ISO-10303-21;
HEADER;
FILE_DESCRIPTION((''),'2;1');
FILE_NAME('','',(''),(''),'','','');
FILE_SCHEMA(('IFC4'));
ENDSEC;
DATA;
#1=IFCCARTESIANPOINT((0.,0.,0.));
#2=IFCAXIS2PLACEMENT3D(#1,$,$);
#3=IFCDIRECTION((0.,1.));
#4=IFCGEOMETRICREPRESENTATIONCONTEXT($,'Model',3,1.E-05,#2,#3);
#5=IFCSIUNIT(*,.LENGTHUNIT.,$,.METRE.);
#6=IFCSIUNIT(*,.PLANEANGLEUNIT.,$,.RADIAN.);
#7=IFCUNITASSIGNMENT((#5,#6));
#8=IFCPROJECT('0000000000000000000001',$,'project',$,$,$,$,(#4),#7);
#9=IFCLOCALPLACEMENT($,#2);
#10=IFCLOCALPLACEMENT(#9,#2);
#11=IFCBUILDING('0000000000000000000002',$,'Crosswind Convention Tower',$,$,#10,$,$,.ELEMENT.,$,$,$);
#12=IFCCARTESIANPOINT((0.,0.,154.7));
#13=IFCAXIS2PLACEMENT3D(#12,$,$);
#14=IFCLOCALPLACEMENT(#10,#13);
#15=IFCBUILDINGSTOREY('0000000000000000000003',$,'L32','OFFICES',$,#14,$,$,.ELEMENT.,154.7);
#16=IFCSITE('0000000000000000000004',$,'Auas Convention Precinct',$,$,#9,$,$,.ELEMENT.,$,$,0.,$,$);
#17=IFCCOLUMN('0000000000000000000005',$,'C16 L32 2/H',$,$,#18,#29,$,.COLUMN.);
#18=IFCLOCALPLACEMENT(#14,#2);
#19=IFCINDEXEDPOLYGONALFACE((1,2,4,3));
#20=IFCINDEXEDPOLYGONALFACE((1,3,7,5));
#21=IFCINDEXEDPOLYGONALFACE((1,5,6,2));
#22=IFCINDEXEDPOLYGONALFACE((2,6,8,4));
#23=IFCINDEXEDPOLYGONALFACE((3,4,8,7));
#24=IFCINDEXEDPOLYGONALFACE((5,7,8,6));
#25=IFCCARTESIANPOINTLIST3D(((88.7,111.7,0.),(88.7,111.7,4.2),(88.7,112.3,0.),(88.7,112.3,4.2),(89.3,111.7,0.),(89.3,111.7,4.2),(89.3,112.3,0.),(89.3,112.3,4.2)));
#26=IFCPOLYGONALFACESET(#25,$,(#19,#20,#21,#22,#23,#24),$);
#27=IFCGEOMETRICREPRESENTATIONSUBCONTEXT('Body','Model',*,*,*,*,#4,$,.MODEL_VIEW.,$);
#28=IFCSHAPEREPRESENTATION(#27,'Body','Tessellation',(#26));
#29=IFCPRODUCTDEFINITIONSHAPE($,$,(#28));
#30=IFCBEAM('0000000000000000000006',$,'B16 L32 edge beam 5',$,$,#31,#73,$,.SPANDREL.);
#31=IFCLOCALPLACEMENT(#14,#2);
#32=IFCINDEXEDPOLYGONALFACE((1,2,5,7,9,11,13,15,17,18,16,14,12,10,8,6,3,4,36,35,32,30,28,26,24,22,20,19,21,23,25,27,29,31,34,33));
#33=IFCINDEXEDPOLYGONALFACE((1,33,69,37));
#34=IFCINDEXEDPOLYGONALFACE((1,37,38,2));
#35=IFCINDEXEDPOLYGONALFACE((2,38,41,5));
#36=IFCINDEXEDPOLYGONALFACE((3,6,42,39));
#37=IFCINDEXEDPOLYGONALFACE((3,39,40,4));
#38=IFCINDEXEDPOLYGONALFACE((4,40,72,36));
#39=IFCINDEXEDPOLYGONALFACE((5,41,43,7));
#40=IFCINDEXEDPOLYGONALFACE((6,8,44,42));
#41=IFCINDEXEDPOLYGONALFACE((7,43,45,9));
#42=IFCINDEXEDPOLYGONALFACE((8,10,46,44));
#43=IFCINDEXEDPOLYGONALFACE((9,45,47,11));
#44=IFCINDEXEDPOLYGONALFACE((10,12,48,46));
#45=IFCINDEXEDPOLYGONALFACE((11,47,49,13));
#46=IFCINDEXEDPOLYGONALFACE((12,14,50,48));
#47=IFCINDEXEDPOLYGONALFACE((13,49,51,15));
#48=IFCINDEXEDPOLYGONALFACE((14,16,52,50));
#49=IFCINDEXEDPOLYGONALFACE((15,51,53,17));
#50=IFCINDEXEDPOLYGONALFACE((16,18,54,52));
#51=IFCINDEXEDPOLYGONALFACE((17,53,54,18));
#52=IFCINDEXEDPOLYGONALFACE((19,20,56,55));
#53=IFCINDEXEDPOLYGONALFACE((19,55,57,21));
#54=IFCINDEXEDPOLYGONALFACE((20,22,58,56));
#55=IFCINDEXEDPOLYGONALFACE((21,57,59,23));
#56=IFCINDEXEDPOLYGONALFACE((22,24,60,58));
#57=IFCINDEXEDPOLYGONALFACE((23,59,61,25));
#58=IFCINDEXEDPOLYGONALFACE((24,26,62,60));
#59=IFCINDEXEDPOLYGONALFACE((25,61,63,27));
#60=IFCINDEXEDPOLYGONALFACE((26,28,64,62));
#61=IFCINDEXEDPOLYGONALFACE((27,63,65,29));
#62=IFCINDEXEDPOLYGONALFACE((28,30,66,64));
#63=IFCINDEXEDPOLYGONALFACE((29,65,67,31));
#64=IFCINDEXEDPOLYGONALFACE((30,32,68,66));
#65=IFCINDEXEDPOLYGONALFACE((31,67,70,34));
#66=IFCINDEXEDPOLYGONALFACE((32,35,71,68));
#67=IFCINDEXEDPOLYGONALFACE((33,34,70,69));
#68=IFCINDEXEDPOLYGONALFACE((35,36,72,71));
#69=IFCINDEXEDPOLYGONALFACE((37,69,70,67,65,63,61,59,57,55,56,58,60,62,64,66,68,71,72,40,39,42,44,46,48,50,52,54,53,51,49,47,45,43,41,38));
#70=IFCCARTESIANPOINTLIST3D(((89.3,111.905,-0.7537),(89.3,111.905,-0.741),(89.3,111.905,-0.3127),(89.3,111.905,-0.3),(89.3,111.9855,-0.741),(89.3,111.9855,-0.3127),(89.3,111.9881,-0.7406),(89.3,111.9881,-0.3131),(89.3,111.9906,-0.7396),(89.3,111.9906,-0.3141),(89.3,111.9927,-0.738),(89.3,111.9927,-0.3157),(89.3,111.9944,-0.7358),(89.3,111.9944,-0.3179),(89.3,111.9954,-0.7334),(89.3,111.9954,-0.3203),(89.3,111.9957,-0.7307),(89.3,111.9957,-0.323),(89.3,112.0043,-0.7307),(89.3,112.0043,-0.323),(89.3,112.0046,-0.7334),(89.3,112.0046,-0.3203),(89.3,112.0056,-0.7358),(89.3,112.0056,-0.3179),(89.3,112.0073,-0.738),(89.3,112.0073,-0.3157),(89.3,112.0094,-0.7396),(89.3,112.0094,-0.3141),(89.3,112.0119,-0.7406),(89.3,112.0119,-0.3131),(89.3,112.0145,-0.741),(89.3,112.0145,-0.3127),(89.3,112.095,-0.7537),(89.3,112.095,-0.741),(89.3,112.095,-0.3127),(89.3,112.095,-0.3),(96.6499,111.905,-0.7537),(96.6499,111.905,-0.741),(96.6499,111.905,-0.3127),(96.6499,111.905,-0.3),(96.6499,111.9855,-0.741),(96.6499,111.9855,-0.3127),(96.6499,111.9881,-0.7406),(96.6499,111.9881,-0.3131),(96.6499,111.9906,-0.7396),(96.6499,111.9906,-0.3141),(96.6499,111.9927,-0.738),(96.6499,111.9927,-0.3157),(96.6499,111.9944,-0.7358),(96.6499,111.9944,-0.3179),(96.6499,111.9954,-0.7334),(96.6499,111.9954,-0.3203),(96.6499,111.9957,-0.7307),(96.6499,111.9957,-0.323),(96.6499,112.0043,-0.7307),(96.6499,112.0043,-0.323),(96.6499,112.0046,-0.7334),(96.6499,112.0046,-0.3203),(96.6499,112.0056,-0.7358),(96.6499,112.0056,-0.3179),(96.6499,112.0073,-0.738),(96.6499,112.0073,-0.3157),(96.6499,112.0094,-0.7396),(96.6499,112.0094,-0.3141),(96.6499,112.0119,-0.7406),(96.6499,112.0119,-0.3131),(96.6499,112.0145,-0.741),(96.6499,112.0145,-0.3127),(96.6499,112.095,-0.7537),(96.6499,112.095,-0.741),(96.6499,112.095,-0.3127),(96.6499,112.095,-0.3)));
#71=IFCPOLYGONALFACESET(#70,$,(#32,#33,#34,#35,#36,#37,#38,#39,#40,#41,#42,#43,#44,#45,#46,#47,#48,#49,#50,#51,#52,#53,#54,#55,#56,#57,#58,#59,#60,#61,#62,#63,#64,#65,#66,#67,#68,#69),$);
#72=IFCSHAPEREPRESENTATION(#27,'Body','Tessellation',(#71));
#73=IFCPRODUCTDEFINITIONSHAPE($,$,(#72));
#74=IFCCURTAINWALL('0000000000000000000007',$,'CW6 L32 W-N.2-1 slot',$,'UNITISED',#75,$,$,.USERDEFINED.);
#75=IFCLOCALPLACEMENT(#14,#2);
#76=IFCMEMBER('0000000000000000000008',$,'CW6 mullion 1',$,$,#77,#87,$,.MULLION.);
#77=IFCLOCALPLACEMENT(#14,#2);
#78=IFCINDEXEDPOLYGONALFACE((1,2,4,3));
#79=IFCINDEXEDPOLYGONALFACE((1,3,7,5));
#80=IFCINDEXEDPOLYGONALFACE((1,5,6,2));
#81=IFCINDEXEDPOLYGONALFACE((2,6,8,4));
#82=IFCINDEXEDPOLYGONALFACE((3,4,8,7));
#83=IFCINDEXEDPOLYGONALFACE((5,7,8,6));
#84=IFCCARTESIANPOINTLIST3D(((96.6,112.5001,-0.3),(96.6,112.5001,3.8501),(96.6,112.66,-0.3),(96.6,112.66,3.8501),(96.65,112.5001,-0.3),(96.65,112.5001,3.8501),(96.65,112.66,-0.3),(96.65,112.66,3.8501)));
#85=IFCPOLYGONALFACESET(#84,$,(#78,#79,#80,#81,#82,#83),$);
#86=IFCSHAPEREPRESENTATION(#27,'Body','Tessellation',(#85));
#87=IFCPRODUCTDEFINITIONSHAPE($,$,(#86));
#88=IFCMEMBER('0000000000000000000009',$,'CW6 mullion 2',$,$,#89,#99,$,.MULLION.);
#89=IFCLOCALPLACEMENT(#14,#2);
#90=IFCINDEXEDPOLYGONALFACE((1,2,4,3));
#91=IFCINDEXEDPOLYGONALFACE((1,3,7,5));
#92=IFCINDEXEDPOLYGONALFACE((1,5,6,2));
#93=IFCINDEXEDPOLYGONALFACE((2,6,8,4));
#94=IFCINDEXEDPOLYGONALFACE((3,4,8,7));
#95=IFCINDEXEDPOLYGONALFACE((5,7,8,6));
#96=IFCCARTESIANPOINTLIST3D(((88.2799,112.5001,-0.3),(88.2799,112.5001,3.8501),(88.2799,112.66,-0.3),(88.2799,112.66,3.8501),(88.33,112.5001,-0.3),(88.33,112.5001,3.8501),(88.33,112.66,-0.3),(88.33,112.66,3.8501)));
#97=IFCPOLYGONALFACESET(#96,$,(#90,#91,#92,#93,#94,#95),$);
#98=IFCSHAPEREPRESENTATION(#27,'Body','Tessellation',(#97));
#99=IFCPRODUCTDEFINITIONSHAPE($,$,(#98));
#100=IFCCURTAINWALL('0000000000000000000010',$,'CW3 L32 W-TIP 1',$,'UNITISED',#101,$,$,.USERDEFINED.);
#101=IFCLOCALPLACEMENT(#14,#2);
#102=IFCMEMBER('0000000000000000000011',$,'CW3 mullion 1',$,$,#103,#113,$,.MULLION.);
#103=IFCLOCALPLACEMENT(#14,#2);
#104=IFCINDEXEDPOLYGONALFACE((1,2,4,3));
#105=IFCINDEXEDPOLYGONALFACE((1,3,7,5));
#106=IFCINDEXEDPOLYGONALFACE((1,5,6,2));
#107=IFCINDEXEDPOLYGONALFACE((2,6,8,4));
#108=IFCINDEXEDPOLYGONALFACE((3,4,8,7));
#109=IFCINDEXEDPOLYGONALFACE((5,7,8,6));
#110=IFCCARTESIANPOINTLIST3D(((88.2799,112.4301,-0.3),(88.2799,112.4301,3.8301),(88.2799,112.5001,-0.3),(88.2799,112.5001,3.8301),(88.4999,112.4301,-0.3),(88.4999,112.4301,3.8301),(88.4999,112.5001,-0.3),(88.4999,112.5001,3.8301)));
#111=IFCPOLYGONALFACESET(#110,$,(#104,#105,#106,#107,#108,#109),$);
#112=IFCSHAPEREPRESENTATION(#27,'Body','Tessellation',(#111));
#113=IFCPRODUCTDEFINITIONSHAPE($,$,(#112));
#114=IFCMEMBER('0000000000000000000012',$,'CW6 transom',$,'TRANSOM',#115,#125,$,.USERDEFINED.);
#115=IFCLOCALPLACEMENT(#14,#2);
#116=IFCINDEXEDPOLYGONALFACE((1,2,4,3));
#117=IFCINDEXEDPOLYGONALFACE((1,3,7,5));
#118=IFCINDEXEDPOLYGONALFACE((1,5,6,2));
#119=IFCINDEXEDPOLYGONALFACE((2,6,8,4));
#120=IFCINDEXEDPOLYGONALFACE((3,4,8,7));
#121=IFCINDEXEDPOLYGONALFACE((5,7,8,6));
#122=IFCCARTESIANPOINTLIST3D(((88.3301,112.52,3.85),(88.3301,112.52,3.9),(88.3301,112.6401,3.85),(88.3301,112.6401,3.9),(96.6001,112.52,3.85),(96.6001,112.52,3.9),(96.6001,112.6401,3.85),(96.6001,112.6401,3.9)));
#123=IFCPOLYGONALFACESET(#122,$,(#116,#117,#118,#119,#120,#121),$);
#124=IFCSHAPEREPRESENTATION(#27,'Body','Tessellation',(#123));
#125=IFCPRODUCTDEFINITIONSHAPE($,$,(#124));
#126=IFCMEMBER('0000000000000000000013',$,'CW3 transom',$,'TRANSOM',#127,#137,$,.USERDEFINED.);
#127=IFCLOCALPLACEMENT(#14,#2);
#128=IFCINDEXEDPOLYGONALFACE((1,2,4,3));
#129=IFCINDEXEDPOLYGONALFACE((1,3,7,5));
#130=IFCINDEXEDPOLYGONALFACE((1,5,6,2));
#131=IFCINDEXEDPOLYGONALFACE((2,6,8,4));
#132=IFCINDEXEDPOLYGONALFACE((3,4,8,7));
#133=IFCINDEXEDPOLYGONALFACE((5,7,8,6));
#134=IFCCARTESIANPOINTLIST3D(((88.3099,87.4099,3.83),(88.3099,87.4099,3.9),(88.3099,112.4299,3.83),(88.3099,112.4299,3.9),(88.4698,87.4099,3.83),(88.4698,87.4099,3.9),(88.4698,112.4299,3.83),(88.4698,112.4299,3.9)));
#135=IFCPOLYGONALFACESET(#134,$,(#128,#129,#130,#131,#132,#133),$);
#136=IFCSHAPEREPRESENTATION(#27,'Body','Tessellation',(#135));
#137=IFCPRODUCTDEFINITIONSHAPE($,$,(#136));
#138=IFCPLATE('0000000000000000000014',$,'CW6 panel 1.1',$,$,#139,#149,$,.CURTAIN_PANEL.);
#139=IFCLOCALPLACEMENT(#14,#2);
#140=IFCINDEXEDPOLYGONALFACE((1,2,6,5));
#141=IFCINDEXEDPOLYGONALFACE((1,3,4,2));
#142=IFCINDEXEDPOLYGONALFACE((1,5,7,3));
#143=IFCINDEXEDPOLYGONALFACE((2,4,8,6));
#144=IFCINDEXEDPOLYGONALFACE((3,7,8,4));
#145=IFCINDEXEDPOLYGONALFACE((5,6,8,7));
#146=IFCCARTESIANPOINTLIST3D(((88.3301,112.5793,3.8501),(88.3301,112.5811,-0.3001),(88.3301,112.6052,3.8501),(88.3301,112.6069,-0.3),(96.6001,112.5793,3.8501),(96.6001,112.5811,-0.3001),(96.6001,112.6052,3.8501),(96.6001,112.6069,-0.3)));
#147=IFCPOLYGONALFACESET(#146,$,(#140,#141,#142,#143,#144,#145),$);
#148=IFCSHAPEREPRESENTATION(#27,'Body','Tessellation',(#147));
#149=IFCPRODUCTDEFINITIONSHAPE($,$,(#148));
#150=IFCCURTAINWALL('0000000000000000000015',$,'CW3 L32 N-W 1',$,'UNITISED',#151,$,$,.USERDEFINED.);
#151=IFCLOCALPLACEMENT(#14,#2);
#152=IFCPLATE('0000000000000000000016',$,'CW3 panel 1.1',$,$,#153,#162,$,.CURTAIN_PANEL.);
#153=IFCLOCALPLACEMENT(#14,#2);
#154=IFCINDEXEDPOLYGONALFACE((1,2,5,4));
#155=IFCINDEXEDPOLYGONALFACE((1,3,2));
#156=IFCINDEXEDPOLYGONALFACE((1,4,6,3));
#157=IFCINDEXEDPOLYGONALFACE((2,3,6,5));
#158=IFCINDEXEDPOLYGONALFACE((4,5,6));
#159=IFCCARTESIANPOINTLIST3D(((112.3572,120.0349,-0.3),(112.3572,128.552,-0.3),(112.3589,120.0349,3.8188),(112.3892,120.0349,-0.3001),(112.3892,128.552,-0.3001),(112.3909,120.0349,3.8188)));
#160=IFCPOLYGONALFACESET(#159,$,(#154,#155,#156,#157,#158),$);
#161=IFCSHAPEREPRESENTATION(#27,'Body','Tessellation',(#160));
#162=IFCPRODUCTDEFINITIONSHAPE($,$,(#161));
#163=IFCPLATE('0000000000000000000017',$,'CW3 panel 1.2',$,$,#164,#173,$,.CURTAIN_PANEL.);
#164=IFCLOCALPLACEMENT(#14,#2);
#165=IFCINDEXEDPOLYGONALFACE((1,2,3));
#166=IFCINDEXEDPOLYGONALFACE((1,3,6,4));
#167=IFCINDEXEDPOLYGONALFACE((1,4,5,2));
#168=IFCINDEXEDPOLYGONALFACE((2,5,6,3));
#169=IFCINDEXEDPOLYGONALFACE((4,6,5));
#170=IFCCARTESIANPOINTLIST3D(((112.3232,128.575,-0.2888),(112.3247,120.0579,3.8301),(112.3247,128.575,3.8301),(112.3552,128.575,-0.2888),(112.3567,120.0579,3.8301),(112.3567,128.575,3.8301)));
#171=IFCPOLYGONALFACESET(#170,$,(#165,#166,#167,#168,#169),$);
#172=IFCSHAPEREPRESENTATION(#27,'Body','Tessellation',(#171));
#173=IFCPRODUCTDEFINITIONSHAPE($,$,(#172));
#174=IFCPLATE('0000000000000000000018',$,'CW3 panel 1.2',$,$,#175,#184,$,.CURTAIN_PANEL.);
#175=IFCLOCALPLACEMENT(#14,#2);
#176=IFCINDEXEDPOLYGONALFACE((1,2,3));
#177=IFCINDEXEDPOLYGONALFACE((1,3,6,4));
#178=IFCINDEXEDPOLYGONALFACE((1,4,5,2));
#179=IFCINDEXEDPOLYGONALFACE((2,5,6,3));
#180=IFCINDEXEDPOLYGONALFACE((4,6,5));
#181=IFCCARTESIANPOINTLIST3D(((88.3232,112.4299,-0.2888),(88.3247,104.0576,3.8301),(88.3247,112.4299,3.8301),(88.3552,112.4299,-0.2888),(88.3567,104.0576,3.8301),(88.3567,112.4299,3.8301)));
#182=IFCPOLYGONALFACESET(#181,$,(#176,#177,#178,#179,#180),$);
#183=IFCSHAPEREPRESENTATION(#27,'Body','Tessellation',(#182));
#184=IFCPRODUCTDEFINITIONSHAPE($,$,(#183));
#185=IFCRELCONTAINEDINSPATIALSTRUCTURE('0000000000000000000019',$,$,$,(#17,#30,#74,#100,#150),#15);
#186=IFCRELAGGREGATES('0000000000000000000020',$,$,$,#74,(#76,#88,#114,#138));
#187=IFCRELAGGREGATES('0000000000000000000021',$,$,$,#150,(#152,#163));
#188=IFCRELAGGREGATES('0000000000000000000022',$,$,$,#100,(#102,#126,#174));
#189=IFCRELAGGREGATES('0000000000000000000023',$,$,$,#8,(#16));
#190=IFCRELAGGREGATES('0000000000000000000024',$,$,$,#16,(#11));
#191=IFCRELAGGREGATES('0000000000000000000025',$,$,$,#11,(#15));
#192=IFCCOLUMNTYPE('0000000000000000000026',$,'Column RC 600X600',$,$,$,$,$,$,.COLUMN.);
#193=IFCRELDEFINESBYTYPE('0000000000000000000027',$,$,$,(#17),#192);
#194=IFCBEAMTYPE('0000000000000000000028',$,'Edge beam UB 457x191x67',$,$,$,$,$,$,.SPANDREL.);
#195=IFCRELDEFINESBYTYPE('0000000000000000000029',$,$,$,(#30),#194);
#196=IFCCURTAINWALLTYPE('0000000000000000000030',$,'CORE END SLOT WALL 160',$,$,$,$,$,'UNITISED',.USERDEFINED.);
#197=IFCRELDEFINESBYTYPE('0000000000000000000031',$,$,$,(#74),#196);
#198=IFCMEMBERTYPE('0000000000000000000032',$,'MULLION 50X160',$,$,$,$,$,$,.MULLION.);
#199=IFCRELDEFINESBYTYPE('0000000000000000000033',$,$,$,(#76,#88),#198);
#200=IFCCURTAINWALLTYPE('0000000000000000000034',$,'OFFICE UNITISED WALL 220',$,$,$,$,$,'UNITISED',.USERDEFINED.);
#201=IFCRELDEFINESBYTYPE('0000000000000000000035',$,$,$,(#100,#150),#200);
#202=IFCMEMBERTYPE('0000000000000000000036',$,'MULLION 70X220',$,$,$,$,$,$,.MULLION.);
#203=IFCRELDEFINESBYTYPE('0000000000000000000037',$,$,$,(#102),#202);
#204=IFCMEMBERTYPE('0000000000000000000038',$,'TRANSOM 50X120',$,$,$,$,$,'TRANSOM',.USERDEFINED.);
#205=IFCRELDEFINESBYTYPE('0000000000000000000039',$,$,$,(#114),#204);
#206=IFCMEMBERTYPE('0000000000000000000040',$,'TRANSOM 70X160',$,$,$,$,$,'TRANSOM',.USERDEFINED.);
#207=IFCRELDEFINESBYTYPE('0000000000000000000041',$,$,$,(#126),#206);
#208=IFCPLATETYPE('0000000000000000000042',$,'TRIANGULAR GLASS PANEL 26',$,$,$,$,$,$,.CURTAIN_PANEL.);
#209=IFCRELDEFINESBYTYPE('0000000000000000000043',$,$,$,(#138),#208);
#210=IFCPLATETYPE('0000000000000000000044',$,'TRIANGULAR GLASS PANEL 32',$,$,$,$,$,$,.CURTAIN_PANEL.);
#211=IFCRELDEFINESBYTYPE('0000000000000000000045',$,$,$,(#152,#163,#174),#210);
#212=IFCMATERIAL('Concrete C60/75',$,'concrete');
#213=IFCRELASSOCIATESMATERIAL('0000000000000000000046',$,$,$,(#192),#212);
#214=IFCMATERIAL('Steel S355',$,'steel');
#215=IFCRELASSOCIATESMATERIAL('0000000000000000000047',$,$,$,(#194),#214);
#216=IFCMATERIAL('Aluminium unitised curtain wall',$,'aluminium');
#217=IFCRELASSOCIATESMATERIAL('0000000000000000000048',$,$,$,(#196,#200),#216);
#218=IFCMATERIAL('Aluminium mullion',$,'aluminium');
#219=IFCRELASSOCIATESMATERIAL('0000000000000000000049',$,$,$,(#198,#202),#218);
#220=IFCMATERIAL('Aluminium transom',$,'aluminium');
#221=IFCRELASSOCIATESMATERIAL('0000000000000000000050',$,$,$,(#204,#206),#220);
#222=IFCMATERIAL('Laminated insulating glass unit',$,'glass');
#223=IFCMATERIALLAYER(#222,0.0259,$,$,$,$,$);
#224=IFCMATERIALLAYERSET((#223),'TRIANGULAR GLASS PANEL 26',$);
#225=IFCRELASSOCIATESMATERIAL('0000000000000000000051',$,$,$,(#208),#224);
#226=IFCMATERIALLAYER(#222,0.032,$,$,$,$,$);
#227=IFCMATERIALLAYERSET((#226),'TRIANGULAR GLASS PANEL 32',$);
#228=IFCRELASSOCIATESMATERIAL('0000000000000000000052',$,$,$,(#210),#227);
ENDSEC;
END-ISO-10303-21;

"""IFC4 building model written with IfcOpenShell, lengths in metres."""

from ifc_helpers import new_model, si_unit, direction, frame, origin, origin_2d, place, context, subcontext, project, spatial, polyline, rectangle, i_section, outline, extrude, material, layer, layer_set, material_profile, profile_set, type_object, element, aggregate, save


model = new_model("IFC4")

# Units and contexts
model_context = context("Model", 3, precision=1e-05, world=origin(), true_north=direction((0.0, 1.0)))
body_context = subcontext(model_context, "Body", "Model", "MODEL_VIEW")
ifc_project = project(units=[si_unit("LENGTHUNIT", "METRE"), si_unit("PLANEANGLEUNIT", "RADIAN")], contexts=[model_context])

# Site, building, storey
site_placement = place(None, origin())
site = spatial("IfcSite", under=ifc_project, at=site_placement, Name="Auas Convention Precinct", CompositionType="ELEMENT", RefElevation=0.0)
building_placement = place(site_placement, origin())
building = spatial("IfcBuilding", under=site, at=building_placement, Name="Crosswind Convention Tower", CompositionType="ELEMENT")
storey_placement = place(building_placement, frame((0.0, 0.0, 154.7)))
storey = spatial("IfcBuildingStorey", under=building, at=storey_placement, Name="L32", Description="OFFICES", CompositionType="ELEMENT", Elevation=154.7)

# Column
ifc_material_1 = material(Name="Concrete C60/75", Category="concrete")
ifc_material_profile_1 = material_profile(ifc_material_1, rectangle(XDim=0.6001, YDim=0.6001, at=origin_2d()), Name="RC 600X600")
ifc_profile_set_1 = profile_set([ifc_material_profile_1], Name="Concrete C60/75")
column_type = type_object("IfcColumnType", Name="Column RC 600X600", PredefinedType="COLUMN", material=ifc_profile_set_1)
column_placement = place(storey_placement, frame((89.0, 112.0, 0.0), z_axis=(0.0, 0.0, 1.0), x_axis=(1.0, 0.0, 0.0)))
element("IfcColumn", 1, at=column_placement, inside=storey, type_object=column_type, Name="C16 L32 2/H", PredefinedType="COLUMN", context=body_context, shape_type="SweptSolid", body=[
    extrude(rectangle(XDim=0.6001, YDim=0.6001, at=origin_2d()), origin(), (0.0, 0.0, 1.0), 4.2),
])

# Beam
ifc_material_2 = material(Name="Steel S355", Category="steel")
ifc_material_profile_2 = material_profile(ifc_material_2, i_section(OverallWidth=0.1899, OverallDepth=0.4536, WebThickness=0.0085, FlangeThickness=0.0127, FilletRadius=0.0103, at=origin_2d()), Name="UB 457x191x67")
ifc_profile_set_2 = profile_set([ifc_material_profile_2], Name="Steel S355")
beam_type = type_object("IfcBeamType", Name="Edge beam UB 457x191x67", PredefinedType="SPANDREL", material=ifc_profile_set_2)
beam_placement = place(storey_placement, frame((89.3, 112.0, -0.5269), z_axis=(1.0, 0.0, 0.0), x_axis=(0.0, 1.0, 0.0)))
element("IfcBeam", 2, at=beam_placement, inside=storey, type_object=beam_type, Name="B16 L32 edge beam 5", PredefinedType="SPANDREL", context=body_context, shape_type="SweptSolid", body=[
    extrude(i_section(OverallWidth=0.1899, OverallDepth=0.4536, WebThickness=0.0085, FlangeThickness=0.0127, FilletRadius=0.0103, at=origin_2d()), origin(), (0.0, 0.0, 1.0), 7.3499),
])

# Curtain wall, members
ifc_material_3 = material(Name="Aluminium unitised curtain wall", Category="aluminium")
curtain_wall_type_1 = type_object("IfcCurtainWallType", Name="CORE END SLOT WALL 160", ElementType="UNITISED", PredefinedType="USERDEFINED", material=ifc_material_3)
curtain_wall_1_placement = place(storey_placement, origin())
curtain_wall_1 = element("IfcCurtainWall", 3, at=curtain_wall_1_placement, inside=storey, type_object=curtain_wall_type_1, Name="CW6 L32 W-N.2-1 slot", ObjectType="UNITISED", PredefinedType="USERDEFINED")
ifc_material_4 = material(Name="Aluminium mullion", Category="aluminium")
ifc_material_profile_3 = material_profile(ifc_material_4, rectangle(XDim=0.1599, YDim=0.05, at=origin_2d()), Name="AL 160X50")
ifc_profile_set_3 = profile_set([ifc_material_profile_3], Name="Aluminium mullion")
member_type_1 = type_object("IfcMemberType", Name="MULLION 50X160", PredefinedType="MULLION", material=ifc_profile_set_3)
member_1_placement = place(storey_placement, frame((96.625, 112.5801, -0.3), z_axis=(0.0, 0.0, 1.0), x_axis=(0.0, 1.0, 0.0)))
member_1 = element("IfcMember", 4, at=member_1_placement, type_object=member_type_1, Name="CW6 mullion 1", PredefinedType="MULLION", context=body_context, shape_type="SweptSolid", body=[
    extrude(rectangle(XDim=0.1599, YDim=0.05, at=origin_2d()), origin(), (0.0, 0.0, 1.0), 4.1501),
])
member_2_placement = place(storey_placement, frame((88.3049, 112.5801, -0.3), z_axis=(0.0, 0.0, 1.0), x_axis=(0.0, 1.0, 0.0)))
member_2 = element("IfcMember", 5, at=member_2_placement, type_object=member_type_1, Name="CW6 mullion 2", PredefinedType="MULLION", context=body_context, shape_type="SweptSolid", body=[
    extrude(rectangle(XDim=0.1599, YDim=0.05, at=origin_2d()), origin(), (0.0, 0.0, 1.0), 4.1501),
])

# Curtain wall, member
curtain_wall_type_2 = type_object("IfcCurtainWallType", Name="OFFICE UNITISED WALL 220", ElementType="UNITISED", PredefinedType="USERDEFINED", material=ifc_material_3)
curtain_wall_2_placement = place(storey_placement, origin())
curtain_wall_2 = element("IfcCurtainWall", 6, at=curtain_wall_2_placement, inside=storey, type_object=curtain_wall_type_2, Name="CW3 L32 W-TIP 1", ObjectType="UNITISED", PredefinedType="USERDEFINED")
ifc_material_profile_4 = material_profile(ifc_material_4, rectangle(XDim=0.22, YDim=0.0701, at=origin_2d()), Name="AL 220X70")
ifc_profile_set_4 = profile_set([ifc_material_profile_4], Name="Aluminium mullion")
member_type_2 = type_object("IfcMemberType", Name="MULLION 70X220", PredefinedType="MULLION", material=ifc_profile_set_4)
member_3_placement = place(storey_placement, frame((88.3899, 112.4651, -0.3), z_axis=(0.0, 0.0, 1.0), x_axis=(-1.0, 0.0, 0.0)))
member_3 = element("IfcMember", 7, at=member_3_placement, type_object=member_type_2, Name="CW3 mullion 1", PredefinedType="MULLION", context=body_context, shape_type="SweptSolid", body=[
    extrude(rectangle(XDim=0.22, YDim=0.0701, at=origin_2d()), origin(), (0.0, 0.0, 1.0), 4.1301),
])

# Members
ifc_material_5 = material(Name="Aluminium transom", Category="aluminium")
ifc_material_profile_5 = material_profile(ifc_material_5, rectangle(XDim=0.1201, YDim=0.05, at=origin_2d()), Name="AL 120X50")
ifc_profile_set_5 = profile_set([ifc_material_profile_5], Name="Aluminium transom")
member_type_3 = type_object("IfcMemberType", Name="TRANSOM 50X120", ElementType="TRANSOM", PredefinedType="USERDEFINED", material=ifc_profile_set_5)
member_4_placement = place(storey_placement, frame((96.6001, 112.5801, 3.875), z_axis=(-1.0, 0.0, 0.0), x_axis=(0.0, -1.0, 0.0)))
member_4 = element("IfcMember", 8, at=member_4_placement, type_object=member_type_3, Name="CW6 transom", ObjectType="TRANSOM", PredefinedType="USERDEFINED", context=body_context, shape_type="SweptSolid", body=[
    extrude(rectangle(XDim=0.1201, YDim=0.05, at=origin_2d()), origin(), (0.0, 0.0, 1.0), 8.27),
])
ifc_material_profile_6 = material_profile(ifc_material_5, rectangle(XDim=0.1599, YDim=0.0701, at=origin_2d()), Name="AL 160X70")
ifc_profile_set_6 = profile_set([ifc_material_profile_6], Name="Aluminium transom")
member_type_4 = type_object("IfcMemberType", Name="TRANSOM 70X160", ElementType="TRANSOM", PredefinedType="USERDEFINED", material=ifc_profile_set_6)
member_5_placement = place(storey_placement, frame((88.3899, 112.4299, 3.865), z_axis=(0.0, -1.0, 0.0), x_axis=(1.0, 0.0, 0.0)))
member_5 = element("IfcMember", 9, at=member_5_placement, type_object=member_type_4, Name="CW3 transom", ObjectType="TRANSOM", PredefinedType="USERDEFINED", context=body_context, shape_type="SweptSolid", body=[
    extrude(rectangle(XDim=0.1599, YDim=0.0701, at=origin_2d()), origin(), (0.0, 0.0, 1.0), 25.02),
])

# Plate
ifc_material_6 = material(Name="Laminated insulating glass unit", Category="glass")
ifc_layer_1 = layer(ifc_material_6, 0.0259)
ifc_layer_set_1 = layer_set([ifc_layer_1], Name="TRIANGULAR GLASS PANEL 26")
plate_type_1 = type_object("IfcPlateType", Name="TRIANGULAR GLASS PANEL 26", PredefinedType="CURTAIN_PANEL", material=ifc_layer_set_1)
plate_1_placement = place(storey_placement, frame((96.6001, 112.6069, -0.3), z_axis=(0.0, 1.0, 0.000412), x_axis=(-1.0, 0.0, 0.0)))
plate_1 = element("IfcPlate", 10, at=plate_1_placement, type_object=plate_type_1, Name="CW6 panel 1.1", PredefinedType="CURTAIN_PANEL", context=body_context, shape_type="SweptSolid", body=[
    extrude(outline(polyline([(0.0, 0.0), (8.27, 0.0), (8.27, 4.1501), (0.0, 4.1501), (0.0, 0.0)])), origin(), (0.0, 0.0, -1.0), 0.0259),
])
aggregate(curtain_wall_1, [member_1, member_2, member_4, plate_1])

# Curtain wall, plates
curtain_wall_3_placement = place(storey_placement, origin())
curtain_wall_3 = element("IfcCurtainWall", 11, at=curtain_wall_3_placement, inside=storey, type_object=curtain_wall_type_2, Name="CW3 L32 N-W 1", ObjectType="UNITISED", PredefinedType="USERDEFINED")
ifc_layer_2 = layer(ifc_material_6, 0.032)
ifc_layer_set_2 = layer_set([ifc_layer_2], Name="TRIANGULAR GLASS PANEL 32")
plate_type_2 = type_object("IfcPlateType", Name="TRIANGULAR GLASS PANEL 32", PredefinedType="CURTAIN_PANEL", material=ifc_layer_set_2)
plate_2_placement = place(storey_placement, frame((112.3572, 120.0349, -0.3), z_axis=(-1.0, 0.0, 0.000415), x_axis=(0.000415, 0.0, 1.0)))
plate_2 = element("IfcPlate", 12, at=plate_2_placement, type_object=plate_type_2, Name="CW3 panel 1.1", PredefinedType="CURTAIN_PANEL", context=body_context, shape_type="SweptSolid", body=[
    extrude(outline(polyline([(0.0, 0.0), (4.1189, 0.0), (0.0, 8.5171), (0.0, 0.0)])), origin(), (0.0, 0.0, -1.0), 0.032),
])
plate_3_placement = place(storey_placement, frame((112.3247, 128.575, 3.8301), z_axis=(-1.0, 0.0, 0.000356), x_axis=(-0.000356, 0.0, -1.0)))
plate_3 = element("IfcPlate", 13, at=plate_3_placement, type_object=plate_type_2, Name="CW3 panel 1.2", PredefinedType="CURTAIN_PANEL", context=body_context, shape_type="SweptSolid", body=[
    extrude(outline(polyline([(0.0, 0.0), (4.1189, 0.0), (0.0, 8.5171), (0.0, 0.0)])), origin(), (0.0, 0.0, -1.0), 0.032),
])

# Plate
plate_4_placement = place(storey_placement, frame((88.3247, 112.4299, 3.8301), z_axis=(-1.0, 0.0, 0.000356), x_axis=(-0.000356, 0.0, -1.0)))
plate_4 = element("IfcPlate", 14, at=plate_4_placement, type_object=plate_type_2, Name="CW3 panel 1.2", PredefinedType="CURTAIN_PANEL", context=body_context, shape_type="SweptSolid", body=[
    extrude(outline(polyline([(0.0, 0.0), (4.1189, 0.0), (0.0, 8.3723), (0.0, 0.0)])), origin(), (0.0, 0.0, -1.0), 0.032),
])

aggregate(curtain_wall_3, [plate_2, plate_3])
aggregate(curtain_wall_2, [member_3, member_5, plate_4])

save(model, "model.ifc")
